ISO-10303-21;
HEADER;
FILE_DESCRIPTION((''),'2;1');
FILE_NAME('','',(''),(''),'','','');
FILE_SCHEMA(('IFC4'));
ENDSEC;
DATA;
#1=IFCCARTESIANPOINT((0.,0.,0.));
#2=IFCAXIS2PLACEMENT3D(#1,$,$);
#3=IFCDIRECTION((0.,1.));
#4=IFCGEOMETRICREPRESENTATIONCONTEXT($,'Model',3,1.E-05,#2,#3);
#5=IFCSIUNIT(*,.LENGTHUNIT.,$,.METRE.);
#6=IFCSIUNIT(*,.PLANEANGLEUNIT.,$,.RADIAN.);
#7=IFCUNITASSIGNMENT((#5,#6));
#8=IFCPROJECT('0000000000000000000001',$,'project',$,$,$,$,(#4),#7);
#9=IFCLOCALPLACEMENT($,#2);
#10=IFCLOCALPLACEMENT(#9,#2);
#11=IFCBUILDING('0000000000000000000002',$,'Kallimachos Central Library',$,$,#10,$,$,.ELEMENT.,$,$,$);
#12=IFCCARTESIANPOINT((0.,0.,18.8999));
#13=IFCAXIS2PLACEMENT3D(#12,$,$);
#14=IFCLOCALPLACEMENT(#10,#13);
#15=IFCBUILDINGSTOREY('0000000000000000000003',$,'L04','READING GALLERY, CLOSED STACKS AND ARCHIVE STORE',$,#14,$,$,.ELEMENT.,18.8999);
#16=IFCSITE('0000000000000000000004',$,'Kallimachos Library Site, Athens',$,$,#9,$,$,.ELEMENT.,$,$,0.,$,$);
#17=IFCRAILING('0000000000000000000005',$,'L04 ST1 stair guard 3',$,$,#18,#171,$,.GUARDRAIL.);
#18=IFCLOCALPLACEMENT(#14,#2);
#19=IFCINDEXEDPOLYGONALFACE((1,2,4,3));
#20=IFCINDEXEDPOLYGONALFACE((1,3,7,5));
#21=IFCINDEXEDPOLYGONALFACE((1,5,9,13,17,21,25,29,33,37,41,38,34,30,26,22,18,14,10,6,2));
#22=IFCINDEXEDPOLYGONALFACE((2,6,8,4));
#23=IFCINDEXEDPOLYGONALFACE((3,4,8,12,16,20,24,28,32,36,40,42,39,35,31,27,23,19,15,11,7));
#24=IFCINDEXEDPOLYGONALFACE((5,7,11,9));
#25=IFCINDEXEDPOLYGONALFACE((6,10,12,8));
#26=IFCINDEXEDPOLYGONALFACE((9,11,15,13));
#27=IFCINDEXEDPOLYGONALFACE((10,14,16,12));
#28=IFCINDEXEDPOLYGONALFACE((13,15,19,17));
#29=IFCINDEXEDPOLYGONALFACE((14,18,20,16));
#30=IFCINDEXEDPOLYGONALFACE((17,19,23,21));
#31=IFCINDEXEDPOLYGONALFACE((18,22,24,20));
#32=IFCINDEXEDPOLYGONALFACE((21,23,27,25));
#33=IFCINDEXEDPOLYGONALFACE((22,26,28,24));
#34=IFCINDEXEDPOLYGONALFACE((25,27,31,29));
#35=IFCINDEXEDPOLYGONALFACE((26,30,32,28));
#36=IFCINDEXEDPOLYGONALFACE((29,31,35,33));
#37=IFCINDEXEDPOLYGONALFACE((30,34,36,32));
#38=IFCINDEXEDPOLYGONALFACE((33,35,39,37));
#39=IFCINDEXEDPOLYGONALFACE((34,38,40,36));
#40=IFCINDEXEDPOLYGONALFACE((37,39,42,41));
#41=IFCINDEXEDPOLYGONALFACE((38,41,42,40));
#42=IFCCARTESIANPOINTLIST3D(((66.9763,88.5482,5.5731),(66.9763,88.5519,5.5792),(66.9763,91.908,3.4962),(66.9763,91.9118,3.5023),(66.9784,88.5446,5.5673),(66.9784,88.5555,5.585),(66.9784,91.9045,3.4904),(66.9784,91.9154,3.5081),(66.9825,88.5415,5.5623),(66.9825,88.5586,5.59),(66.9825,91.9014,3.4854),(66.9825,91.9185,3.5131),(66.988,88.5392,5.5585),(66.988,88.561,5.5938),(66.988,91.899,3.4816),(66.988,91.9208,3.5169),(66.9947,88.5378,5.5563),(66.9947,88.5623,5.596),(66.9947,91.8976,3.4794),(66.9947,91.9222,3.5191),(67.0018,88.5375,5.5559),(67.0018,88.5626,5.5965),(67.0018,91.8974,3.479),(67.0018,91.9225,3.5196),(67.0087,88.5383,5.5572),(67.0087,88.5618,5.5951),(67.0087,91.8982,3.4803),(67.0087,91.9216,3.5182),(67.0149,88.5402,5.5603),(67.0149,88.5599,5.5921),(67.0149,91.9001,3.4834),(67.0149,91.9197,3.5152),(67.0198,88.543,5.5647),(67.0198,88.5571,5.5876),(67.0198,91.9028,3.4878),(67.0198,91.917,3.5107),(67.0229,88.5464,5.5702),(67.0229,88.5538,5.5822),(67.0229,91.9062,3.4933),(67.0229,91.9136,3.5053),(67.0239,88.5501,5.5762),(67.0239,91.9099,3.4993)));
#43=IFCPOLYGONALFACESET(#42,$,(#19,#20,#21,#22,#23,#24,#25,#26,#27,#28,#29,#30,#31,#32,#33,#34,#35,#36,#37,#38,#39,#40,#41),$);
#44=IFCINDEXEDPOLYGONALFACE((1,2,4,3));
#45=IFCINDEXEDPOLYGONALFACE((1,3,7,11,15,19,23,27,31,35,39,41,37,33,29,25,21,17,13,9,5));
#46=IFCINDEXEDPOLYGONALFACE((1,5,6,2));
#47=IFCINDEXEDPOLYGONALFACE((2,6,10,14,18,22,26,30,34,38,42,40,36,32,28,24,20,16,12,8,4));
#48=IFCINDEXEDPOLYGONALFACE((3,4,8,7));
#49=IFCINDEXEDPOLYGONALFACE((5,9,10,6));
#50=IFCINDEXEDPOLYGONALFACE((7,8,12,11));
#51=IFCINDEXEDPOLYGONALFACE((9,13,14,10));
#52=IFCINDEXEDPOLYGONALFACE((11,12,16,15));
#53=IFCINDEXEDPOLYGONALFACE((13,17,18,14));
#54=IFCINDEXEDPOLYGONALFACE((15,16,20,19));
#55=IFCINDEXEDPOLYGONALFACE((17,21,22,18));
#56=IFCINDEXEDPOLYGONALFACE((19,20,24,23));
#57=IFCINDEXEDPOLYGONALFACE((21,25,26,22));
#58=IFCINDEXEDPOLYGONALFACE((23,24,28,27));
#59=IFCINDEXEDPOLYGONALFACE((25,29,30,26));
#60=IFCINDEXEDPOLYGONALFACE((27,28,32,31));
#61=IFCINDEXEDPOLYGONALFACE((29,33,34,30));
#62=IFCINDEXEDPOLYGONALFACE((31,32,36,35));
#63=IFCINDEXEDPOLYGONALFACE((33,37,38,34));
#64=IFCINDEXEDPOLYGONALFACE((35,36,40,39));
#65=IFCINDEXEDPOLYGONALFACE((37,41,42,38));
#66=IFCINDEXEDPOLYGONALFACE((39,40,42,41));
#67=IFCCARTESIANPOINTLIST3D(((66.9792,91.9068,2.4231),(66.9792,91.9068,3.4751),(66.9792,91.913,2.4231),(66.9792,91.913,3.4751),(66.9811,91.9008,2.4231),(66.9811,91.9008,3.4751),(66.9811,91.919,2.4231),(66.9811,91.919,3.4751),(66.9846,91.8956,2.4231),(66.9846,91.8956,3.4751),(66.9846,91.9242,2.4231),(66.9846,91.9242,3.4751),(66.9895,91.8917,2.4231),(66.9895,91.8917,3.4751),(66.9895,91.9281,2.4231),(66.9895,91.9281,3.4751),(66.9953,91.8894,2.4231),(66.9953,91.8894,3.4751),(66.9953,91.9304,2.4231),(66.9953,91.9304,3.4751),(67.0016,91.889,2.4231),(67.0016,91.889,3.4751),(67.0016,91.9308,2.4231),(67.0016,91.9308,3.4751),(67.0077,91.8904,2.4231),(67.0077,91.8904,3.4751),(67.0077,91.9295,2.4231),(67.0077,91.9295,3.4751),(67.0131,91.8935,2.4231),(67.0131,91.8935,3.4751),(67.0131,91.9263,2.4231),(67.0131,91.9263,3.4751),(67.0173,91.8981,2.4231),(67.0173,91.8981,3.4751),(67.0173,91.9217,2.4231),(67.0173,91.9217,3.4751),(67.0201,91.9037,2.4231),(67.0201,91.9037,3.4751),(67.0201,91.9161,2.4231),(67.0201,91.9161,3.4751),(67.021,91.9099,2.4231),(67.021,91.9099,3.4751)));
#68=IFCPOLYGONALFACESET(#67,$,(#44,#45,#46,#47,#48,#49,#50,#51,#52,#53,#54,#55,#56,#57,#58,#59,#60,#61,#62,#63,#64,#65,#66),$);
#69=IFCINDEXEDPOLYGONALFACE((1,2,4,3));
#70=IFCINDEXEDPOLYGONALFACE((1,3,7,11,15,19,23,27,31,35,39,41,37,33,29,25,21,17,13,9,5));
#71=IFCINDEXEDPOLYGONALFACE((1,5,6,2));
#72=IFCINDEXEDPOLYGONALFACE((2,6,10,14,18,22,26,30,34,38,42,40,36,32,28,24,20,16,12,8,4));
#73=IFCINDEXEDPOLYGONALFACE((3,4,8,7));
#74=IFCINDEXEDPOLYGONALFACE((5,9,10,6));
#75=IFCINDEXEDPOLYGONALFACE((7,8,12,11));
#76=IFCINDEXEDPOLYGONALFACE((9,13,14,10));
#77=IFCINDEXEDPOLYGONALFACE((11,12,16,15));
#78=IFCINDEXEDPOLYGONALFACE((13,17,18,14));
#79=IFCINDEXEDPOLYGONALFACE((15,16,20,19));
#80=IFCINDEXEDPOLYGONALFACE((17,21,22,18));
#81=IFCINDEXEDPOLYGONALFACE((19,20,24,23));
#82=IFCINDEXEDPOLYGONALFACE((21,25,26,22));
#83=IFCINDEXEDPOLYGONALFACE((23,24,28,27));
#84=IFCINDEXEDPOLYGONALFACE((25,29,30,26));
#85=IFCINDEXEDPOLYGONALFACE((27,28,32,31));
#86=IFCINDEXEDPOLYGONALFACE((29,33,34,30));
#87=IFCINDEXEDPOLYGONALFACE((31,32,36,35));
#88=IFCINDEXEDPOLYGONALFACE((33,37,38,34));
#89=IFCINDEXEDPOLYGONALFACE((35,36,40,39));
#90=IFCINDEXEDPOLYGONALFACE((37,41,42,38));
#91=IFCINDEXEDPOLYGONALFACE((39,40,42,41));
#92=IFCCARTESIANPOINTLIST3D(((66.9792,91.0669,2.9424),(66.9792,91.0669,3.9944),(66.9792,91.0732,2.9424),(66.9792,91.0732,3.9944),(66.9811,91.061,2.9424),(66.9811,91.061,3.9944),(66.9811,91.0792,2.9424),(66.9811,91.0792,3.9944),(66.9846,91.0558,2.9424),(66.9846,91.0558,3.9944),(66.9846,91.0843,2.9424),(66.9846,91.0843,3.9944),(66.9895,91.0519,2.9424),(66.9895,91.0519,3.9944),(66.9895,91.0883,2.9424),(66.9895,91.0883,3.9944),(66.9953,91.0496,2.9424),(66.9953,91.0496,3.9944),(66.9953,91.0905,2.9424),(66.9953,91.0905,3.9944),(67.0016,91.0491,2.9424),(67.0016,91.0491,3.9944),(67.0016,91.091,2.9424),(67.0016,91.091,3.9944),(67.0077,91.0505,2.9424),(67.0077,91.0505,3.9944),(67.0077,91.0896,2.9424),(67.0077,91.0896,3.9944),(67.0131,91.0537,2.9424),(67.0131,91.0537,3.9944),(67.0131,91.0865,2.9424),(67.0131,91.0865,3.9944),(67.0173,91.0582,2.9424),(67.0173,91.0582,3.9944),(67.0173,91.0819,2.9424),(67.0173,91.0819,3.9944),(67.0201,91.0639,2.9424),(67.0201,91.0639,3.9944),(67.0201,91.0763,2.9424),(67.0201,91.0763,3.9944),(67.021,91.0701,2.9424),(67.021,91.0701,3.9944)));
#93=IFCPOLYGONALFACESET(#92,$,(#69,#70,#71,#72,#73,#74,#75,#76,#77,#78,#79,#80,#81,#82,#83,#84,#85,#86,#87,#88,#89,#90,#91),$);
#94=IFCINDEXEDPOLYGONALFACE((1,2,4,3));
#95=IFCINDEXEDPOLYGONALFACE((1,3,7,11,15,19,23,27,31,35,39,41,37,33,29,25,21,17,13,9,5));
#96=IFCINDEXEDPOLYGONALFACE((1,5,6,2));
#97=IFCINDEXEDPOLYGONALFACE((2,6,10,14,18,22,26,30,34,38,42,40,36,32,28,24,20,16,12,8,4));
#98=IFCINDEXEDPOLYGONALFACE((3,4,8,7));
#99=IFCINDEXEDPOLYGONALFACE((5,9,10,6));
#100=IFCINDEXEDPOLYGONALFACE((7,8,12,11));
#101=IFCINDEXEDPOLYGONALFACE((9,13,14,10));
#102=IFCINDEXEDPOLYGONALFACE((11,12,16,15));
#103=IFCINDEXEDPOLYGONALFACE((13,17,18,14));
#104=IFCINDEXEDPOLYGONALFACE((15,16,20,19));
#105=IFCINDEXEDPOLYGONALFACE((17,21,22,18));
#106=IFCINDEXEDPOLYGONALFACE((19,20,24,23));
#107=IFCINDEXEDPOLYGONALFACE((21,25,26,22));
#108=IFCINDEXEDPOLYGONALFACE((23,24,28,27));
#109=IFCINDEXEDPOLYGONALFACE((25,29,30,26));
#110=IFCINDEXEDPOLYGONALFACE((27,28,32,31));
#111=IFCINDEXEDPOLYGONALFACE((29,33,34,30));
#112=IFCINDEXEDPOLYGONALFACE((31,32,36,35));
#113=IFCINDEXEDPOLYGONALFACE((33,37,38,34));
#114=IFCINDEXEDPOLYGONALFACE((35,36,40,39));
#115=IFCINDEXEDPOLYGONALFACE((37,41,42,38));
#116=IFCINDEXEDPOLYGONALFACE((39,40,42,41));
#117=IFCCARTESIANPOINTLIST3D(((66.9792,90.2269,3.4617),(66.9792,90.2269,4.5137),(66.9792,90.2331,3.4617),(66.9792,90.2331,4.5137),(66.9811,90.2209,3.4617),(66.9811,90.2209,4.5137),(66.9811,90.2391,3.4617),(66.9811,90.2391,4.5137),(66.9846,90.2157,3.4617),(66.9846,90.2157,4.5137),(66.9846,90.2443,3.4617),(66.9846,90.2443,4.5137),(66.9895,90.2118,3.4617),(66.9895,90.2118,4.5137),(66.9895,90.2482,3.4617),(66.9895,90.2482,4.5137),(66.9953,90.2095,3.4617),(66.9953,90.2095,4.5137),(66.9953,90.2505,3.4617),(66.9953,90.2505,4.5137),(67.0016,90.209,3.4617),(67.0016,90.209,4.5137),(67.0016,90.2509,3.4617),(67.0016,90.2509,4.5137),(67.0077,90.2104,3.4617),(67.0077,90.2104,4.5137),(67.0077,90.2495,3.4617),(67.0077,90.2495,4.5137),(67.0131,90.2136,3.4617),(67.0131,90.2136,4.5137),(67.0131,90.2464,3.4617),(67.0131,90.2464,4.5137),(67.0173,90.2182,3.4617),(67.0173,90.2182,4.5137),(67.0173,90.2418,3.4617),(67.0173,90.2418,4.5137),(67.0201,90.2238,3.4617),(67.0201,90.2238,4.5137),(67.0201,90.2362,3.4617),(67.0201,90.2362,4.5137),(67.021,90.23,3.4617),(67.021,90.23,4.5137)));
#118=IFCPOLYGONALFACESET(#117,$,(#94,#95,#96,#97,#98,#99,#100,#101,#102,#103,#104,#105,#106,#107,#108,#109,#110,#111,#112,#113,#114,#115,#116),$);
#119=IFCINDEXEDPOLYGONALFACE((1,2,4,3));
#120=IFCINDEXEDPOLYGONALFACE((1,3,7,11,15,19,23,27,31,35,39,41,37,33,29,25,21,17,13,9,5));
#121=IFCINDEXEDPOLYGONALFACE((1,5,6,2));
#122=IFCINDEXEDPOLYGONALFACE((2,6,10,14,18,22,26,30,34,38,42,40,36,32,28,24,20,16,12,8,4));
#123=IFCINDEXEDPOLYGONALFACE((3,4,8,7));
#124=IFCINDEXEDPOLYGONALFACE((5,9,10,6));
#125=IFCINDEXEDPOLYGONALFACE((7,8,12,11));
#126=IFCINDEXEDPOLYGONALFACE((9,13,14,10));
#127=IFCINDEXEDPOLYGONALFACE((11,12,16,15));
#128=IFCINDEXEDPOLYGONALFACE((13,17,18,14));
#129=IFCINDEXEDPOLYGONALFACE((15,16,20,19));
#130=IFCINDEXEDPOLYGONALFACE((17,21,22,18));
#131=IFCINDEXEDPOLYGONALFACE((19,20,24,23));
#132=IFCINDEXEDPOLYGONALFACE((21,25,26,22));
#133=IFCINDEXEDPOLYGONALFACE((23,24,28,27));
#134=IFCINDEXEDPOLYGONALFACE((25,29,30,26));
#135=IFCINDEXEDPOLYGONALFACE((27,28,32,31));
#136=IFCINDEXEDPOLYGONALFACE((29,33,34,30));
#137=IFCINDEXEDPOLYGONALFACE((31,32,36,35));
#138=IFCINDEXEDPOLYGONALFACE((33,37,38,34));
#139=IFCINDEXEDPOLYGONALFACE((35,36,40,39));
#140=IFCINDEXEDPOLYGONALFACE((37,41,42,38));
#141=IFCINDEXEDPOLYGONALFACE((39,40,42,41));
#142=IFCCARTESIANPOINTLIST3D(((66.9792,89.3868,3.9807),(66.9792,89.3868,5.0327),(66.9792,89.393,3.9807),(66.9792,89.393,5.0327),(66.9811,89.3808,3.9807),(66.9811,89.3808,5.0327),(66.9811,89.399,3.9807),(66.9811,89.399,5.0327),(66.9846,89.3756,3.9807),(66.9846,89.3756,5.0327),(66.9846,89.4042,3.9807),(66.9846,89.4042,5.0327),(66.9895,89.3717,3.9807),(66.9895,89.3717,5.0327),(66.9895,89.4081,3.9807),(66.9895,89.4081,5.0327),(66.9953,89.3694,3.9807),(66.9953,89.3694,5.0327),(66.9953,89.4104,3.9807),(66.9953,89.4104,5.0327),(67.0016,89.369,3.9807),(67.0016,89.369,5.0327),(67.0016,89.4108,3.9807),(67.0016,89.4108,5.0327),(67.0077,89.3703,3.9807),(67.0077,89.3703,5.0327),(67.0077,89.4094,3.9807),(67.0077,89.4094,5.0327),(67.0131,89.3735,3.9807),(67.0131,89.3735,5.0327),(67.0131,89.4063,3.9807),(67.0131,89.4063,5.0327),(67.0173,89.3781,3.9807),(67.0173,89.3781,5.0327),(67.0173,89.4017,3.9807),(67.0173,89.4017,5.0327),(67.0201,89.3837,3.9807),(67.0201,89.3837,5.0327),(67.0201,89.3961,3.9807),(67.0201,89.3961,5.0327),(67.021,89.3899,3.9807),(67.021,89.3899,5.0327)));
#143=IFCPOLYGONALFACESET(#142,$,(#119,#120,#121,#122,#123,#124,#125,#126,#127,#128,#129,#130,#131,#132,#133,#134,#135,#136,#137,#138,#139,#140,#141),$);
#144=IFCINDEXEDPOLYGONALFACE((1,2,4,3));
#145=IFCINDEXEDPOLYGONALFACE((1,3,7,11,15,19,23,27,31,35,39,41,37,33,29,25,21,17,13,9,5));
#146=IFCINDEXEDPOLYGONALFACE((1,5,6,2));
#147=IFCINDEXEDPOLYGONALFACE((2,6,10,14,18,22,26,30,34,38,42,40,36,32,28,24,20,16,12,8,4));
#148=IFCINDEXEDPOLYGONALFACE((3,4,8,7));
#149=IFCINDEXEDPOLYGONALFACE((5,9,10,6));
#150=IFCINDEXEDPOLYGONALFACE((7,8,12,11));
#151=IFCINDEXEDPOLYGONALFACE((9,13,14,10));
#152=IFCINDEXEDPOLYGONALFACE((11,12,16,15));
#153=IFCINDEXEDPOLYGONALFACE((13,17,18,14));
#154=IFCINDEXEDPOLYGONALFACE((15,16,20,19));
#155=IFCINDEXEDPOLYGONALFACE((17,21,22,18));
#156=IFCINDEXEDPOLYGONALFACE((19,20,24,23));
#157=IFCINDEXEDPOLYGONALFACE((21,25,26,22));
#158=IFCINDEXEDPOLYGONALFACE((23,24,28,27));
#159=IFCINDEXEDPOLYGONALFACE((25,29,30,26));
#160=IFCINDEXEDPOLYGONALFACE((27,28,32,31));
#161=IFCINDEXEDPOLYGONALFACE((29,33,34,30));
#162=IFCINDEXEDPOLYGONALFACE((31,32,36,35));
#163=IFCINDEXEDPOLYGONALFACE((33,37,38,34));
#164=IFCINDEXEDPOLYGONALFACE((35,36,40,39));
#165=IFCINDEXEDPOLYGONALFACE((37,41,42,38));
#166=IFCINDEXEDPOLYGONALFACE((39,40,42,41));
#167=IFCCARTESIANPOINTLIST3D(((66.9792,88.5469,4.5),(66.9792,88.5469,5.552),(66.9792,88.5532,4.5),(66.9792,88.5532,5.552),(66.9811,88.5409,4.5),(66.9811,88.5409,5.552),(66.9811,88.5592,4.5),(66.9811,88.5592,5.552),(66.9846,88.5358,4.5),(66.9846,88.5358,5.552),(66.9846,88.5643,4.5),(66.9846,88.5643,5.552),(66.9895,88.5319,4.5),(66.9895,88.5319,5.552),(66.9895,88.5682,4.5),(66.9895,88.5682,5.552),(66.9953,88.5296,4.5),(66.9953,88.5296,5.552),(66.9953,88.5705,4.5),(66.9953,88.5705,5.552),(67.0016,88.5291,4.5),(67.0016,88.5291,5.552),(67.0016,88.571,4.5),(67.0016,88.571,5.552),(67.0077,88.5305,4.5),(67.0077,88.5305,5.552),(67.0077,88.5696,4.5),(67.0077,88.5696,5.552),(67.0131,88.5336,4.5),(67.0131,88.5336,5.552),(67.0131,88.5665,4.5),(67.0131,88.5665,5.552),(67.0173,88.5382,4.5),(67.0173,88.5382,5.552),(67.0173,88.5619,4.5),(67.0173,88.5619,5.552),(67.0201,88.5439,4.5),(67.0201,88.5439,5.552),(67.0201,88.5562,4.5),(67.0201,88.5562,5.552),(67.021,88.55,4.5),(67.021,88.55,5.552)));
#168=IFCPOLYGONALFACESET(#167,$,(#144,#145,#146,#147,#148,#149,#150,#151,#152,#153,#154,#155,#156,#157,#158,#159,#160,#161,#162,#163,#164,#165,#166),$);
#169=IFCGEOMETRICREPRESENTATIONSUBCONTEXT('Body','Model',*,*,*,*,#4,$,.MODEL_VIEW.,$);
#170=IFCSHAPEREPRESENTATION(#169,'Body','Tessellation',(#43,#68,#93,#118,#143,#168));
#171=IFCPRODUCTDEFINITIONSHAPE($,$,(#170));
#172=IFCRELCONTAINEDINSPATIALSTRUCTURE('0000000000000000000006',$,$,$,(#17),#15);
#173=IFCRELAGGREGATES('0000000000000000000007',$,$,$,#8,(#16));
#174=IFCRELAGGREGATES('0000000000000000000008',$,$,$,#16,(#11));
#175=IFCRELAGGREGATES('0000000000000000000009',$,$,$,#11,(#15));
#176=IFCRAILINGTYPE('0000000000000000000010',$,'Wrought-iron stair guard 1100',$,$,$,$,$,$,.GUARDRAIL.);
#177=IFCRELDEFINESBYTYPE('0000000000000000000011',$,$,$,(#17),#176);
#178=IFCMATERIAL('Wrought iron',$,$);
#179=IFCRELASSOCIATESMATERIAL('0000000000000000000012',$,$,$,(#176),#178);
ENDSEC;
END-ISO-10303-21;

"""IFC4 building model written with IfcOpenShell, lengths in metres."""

from ifc_helpers import new_model, si_unit, direction, frame, origin, origin_2d, place, context, subcontext, project, spatial, circle, extrude, material, type_object, element, save


model = new_model("IFC4")

# Units and contexts
model_context = context("Model", 3, precision=1e-05, world=origin(), true_north=direction((0.0, 1.0)))
body_context = subcontext(model_context, "Body", "Model", "MODEL_VIEW")
ifc_project = project(units=[si_unit("LENGTHUNIT", "METRE"), si_unit("PLANEANGLEUNIT", "RADIAN")], contexts=[model_context])

# Site, building, storey
site_placement = place(None, origin())
site = spatial("IfcSite", under=ifc_project, at=site_placement, Name="Kallimachos Library Site, Athens", CompositionType="ELEMENT", RefElevation=0.0)
building_placement = place(site_placement, origin())
building = spatial("IfcBuilding", under=site, at=building_placement, Name="Kallimachos Central Library", CompositionType="ELEMENT")
storey_placement = place(building_placement, frame((0.0, 0.0, 18.8999)))
storey = spatial("IfcBuildingStorey", under=building, at=storey_placement, Name="L04", Description="READING GALLERY, CLOSED STACKS AND ARCHIVE STORE", CompositionType="ELEMENT", Elevation=18.8999)

# Railing
ifc_material_1 = material(Name="Wrought iron")
railing_type_1 = type_object("IfcRailingType", Name="Wrought-iron stair guard 1100", PredefinedType="GUARDRAIL", material=ifc_material_1)
railing_1_placement = place(storey_placement, frame((67.0, 91.9099, 2.4231)))
element("IfcRailing", 1, at=railing_1_placement, inside=storey, type_object=railing_type_1, Name="L04 ST1 stair guard 3", PredefinedType="GUARDRAIL", context=body_context, shape_type="SweptSolid", body=[
    extrude(circle(Radius=0.0239, at=origin_2d()), frame((0.0, 0.0, 1.0762), z_axis=(0.0, -0.850606, 0.525803), x_axis=(1.0, 0.0, 0.0)), (0.0, 0.0, 1.0), 3.95),
    extrude(circle(Radius=0.021, at=origin_2d()), origin(), (0.0, 0.0, 1.0), 1.052),
    extrude(circle(Radius=0.021, at=origin_2d()), frame((0.0, -0.8398, 0.5193)), (0.0, 0.0, 1.0), 1.052),
    extrude(circle(Radius=0.021, at=origin_2d()), frame((0.0, -1.6799, 1.0386)), (0.0, 0.0, 1.0), 1.052),
    extrude(circle(Radius=0.021, at=origin_2d()), frame((0.0, -2.52, 1.5576)), (0.0, 0.0, 1.0), 1.052),
    extrude(circle(Radius=0.021, at=origin_2d()), frame((0.0, -3.3599, 2.0769)), (0.0, 0.0, 1.0), 1.052),
])

save(model, "model.ifc")
